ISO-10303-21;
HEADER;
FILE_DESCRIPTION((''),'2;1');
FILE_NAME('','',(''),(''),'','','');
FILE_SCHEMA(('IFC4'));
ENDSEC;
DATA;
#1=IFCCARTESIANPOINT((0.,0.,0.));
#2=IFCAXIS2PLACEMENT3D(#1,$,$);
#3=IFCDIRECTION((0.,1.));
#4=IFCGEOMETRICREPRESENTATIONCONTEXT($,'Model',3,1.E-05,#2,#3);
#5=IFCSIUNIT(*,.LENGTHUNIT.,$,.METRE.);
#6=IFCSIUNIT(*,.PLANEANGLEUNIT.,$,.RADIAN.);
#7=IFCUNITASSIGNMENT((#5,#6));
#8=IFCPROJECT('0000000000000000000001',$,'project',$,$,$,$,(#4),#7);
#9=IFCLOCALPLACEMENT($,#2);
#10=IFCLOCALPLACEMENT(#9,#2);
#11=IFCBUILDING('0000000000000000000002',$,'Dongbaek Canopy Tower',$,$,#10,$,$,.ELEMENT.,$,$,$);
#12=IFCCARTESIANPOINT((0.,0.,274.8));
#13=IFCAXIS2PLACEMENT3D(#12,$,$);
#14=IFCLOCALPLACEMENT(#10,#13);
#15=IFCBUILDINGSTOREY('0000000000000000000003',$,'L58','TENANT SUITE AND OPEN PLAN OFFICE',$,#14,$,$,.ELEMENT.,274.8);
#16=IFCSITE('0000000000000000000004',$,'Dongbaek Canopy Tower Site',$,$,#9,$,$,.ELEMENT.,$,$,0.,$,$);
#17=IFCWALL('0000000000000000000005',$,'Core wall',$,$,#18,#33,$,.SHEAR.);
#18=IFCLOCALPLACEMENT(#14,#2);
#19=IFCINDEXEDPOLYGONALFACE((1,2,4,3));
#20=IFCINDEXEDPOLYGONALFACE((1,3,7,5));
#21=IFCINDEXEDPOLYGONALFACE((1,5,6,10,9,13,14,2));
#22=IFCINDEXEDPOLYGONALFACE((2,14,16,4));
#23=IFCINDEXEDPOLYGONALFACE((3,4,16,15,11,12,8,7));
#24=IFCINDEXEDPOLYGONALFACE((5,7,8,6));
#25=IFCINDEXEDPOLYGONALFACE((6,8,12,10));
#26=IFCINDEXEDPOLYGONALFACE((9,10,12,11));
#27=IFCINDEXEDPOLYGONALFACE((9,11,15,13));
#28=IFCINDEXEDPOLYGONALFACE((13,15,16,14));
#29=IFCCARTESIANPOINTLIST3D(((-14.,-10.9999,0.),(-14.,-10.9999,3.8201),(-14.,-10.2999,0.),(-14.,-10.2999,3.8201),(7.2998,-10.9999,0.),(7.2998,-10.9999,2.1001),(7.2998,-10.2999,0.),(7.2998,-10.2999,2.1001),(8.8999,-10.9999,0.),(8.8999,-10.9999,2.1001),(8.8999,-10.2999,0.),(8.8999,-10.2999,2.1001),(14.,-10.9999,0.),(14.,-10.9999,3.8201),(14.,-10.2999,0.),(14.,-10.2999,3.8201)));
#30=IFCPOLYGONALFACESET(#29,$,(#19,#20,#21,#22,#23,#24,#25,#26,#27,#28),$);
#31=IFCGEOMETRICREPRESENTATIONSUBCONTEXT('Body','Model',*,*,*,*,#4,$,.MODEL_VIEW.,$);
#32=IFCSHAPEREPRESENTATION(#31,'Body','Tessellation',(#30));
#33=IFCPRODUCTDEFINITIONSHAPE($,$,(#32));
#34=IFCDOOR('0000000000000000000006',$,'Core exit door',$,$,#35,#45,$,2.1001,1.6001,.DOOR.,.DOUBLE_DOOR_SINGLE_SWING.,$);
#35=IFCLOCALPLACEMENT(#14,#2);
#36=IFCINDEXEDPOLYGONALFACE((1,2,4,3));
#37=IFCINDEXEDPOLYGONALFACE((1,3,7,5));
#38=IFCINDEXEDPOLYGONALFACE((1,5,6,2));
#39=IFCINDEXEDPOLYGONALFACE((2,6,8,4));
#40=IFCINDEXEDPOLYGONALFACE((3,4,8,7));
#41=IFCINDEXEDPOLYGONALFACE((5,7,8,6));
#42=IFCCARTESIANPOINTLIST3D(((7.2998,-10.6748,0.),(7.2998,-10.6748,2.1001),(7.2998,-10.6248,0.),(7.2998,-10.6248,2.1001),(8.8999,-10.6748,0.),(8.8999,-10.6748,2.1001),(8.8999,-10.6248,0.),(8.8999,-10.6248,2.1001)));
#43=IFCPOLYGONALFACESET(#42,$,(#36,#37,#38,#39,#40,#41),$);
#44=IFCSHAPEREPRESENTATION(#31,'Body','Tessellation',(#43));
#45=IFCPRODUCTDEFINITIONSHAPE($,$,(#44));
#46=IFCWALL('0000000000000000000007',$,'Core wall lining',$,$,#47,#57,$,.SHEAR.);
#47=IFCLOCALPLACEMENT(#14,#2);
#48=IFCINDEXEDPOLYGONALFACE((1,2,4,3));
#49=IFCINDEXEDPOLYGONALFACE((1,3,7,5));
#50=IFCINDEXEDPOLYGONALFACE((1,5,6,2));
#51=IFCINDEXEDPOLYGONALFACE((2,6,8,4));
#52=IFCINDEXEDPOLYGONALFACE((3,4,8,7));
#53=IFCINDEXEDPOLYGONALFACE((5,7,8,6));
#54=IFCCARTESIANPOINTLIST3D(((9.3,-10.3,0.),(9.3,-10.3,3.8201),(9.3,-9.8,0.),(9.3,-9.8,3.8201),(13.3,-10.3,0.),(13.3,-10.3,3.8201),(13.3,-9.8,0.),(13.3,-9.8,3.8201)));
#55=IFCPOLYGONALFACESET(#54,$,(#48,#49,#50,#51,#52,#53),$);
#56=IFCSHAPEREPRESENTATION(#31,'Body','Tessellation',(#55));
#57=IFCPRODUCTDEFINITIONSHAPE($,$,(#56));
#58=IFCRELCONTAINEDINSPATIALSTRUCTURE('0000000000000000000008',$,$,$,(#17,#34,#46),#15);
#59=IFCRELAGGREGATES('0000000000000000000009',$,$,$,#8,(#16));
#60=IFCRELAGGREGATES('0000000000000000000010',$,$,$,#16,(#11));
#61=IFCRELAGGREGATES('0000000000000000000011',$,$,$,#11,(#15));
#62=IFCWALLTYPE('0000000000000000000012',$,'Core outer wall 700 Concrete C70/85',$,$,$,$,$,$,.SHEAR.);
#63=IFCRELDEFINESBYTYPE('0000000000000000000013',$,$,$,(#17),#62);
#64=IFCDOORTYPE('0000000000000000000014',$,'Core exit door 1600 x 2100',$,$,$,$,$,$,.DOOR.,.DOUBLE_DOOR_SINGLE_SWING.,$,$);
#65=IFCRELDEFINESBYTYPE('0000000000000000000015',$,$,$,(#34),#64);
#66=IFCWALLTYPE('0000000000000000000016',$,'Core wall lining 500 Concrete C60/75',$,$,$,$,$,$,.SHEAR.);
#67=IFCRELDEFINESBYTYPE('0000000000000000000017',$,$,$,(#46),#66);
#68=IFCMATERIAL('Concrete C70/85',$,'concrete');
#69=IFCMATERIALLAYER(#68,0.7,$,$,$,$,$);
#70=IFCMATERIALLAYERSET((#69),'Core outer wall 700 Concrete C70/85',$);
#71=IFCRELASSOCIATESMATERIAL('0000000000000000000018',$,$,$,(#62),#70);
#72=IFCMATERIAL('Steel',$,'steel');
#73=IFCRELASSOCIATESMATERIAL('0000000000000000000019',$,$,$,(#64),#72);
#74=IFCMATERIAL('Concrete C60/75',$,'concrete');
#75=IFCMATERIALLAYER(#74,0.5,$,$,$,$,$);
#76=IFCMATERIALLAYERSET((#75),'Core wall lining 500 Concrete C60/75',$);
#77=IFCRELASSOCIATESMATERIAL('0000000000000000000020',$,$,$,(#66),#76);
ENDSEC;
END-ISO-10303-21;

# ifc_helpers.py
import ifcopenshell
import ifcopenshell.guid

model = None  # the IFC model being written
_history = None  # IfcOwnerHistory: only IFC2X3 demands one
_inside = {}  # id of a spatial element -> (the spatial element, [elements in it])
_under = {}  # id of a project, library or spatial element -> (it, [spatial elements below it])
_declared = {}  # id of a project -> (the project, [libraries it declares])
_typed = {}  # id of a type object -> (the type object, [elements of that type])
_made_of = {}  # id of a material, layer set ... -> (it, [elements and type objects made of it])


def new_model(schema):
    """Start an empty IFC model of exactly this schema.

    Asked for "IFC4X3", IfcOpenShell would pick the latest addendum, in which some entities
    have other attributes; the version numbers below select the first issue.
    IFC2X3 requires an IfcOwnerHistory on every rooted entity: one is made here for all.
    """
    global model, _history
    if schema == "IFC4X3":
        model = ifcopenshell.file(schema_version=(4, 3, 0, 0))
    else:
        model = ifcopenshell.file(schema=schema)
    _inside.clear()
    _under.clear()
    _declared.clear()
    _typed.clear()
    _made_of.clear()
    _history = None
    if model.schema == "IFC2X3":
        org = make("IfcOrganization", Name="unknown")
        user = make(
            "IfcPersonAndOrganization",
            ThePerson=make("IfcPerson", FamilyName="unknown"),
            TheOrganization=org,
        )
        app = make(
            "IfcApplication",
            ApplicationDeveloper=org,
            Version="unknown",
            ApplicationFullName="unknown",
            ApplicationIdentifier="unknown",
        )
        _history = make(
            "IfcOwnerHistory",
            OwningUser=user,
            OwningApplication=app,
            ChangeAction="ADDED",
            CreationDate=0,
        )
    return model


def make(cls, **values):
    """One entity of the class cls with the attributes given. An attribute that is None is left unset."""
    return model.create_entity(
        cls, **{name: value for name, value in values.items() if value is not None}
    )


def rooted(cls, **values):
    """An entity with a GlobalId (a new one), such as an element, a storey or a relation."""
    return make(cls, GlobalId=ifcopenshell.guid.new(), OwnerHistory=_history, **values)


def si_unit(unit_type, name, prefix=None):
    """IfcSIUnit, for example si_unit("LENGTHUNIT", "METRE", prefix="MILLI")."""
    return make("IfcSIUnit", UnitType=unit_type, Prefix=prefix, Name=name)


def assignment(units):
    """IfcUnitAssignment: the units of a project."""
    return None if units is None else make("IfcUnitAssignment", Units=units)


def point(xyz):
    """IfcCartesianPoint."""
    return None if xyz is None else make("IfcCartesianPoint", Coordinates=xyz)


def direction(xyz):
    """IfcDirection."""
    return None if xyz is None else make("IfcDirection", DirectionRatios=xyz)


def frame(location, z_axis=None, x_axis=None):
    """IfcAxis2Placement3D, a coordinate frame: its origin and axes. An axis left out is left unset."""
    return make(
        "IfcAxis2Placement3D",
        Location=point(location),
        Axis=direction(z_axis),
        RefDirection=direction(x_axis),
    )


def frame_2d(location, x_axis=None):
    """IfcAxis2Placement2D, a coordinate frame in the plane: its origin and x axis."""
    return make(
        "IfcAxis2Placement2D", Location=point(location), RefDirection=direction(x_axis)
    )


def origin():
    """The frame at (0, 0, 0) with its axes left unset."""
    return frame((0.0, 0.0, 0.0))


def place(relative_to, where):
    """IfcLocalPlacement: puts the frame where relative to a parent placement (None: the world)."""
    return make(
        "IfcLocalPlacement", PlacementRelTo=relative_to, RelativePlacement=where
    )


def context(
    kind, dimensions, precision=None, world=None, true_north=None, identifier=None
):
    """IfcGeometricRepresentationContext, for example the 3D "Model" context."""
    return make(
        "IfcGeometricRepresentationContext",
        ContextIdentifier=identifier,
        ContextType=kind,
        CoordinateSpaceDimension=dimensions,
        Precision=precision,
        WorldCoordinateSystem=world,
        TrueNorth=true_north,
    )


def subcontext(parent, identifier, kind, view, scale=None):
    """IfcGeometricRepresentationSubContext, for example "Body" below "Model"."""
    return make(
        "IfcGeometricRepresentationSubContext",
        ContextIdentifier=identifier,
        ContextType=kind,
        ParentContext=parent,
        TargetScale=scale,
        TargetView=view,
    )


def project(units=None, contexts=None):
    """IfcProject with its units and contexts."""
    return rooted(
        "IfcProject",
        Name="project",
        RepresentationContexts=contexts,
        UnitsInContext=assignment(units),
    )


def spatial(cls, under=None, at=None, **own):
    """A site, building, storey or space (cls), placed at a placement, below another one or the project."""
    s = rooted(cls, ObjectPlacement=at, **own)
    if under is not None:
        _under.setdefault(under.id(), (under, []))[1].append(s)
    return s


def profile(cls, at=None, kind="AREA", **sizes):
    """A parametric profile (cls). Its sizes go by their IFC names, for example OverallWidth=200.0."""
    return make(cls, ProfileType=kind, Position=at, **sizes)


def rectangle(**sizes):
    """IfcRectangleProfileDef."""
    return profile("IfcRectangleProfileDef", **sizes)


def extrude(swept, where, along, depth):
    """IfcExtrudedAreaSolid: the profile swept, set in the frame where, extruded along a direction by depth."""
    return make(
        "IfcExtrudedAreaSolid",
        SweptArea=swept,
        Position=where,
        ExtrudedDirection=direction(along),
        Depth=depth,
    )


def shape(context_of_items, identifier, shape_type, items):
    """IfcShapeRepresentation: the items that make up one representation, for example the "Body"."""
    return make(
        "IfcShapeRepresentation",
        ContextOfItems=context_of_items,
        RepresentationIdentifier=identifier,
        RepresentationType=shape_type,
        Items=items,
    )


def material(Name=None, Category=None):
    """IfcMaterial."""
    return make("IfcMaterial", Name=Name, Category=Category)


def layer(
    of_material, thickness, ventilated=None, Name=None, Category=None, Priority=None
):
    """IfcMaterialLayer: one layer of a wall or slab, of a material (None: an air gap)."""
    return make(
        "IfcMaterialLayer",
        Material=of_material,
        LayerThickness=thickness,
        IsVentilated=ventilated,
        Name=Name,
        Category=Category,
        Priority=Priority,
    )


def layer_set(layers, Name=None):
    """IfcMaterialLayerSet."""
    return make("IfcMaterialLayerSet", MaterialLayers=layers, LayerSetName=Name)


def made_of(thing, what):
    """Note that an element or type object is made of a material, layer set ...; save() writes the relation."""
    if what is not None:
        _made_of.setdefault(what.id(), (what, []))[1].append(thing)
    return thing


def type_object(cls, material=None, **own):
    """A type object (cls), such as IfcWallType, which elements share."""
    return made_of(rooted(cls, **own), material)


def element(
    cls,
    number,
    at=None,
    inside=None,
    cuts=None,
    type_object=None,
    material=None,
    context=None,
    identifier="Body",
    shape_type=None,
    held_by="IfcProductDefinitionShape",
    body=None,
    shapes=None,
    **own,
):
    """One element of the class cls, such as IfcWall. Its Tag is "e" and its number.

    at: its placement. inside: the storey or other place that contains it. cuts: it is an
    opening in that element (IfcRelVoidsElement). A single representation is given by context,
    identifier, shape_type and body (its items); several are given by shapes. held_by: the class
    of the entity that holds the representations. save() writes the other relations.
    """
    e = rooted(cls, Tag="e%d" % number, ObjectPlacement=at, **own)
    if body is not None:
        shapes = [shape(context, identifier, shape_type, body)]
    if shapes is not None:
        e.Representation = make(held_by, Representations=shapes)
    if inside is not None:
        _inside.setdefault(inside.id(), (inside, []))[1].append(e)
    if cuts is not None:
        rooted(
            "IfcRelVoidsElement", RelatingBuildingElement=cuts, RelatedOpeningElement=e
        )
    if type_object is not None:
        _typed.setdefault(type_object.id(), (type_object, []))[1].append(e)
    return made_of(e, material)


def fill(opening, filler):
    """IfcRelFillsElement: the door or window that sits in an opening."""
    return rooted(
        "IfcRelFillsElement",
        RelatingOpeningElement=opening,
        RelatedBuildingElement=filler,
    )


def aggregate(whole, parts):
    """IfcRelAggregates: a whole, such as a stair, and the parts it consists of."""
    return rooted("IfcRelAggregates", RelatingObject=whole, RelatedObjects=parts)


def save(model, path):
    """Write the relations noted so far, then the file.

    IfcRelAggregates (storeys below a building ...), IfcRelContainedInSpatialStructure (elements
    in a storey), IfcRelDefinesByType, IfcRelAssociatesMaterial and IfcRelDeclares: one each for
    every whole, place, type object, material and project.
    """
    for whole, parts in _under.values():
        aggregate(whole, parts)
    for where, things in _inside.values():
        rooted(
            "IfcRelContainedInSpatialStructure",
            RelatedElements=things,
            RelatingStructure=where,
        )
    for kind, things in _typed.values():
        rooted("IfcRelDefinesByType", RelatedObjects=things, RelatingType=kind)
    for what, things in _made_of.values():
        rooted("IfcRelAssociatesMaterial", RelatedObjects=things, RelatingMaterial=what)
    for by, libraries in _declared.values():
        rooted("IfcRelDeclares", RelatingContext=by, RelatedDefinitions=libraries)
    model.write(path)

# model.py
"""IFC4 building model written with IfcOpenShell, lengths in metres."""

from ifc_helpers import new_model, si_unit, direction, frame, frame_2d, origin, place, context, subcontext, project, spatial, rectangle, extrude, material, layer, layer_set, type_object, element, fill, save


model = new_model("IFC4")

# Units and contexts
model_context = context("Model", 3, precision=1e-05, world=origin(), true_north=direction((0.0, 1.0)))
body_context = subcontext(model_context, "Body", "Model", "MODEL_VIEW")
ifc_project = project(units=[si_unit("LENGTHUNIT", "METRE"), si_unit("PLANEANGLEUNIT", "RADIAN")], contexts=[model_context])

# Site, building, storey
site_placement = place(None, origin())
site = spatial("IfcSite", under=ifc_project, at=site_placement, Name="Dongbaek Canopy Tower Site", CompositionType="ELEMENT", RefElevation=0.0)
building_placement = place(site_placement, origin())
building = spatial("IfcBuilding", under=site, at=building_placement, Name="Dongbaek Canopy Tower", CompositionType="ELEMENT")
storey_placement = place(building_placement, frame((0.0, 0.0, 274.8)))
storey = spatial("IfcBuildingStorey", under=building, at=storey_placement, Name="L58", Description="TENANT SUITE AND OPEN PLAN OFFICE", CompositionType="ELEMENT", Elevation=274.8)

# Wall, opening, door
ifc_material_1 = material(Name="Concrete C70/85", Category="concrete")
ifc_layer_1 = layer(ifc_material_1, 0.7)
ifc_layer_set_1 = layer_set([ifc_layer_1], Name="Core outer wall 700 Concrete C70/85")
wall_type_1 = type_object("IfcWallType", Name="Core outer wall 700 Concrete C70/85", PredefinedType="SHEAR", material=ifc_layer_set_1)
wall_1_placement = place(storey_placement, frame((14.0, -10.6499, 0.0), z_axis=(0.0, 0.0, 1.0), x_axis=(-1.0, 0.0, 0.0)))
wall_1 = element("IfcWall", 1, at=wall_1_placement, inside=storey, type_object=wall_type_1, Name="Core wall", PredefinedType="SHEAR", context=body_context, shape_type="SweptSolid", body=[
    extrude(rectangle(XDim=28.0, YDim=0.7, at=frame_2d((14.0, 0.0))), origin(), (0.0, 0.0, 1.0), 3.8201),
])
opening_1_placement = place(wall_1_placement, frame((5.1001, 0.0, 0.0)))
opening_1 = element("IfcOpeningElement", 2, at=opening_1_placement, cuts=wall_1, PredefinedType="OPENING", context=body_context, shape_type="SweptSolid", body=[
    extrude(rectangle(XDim=1.6001, YDim=2.1001, at=frame_2d((0.8, 1.05))), frame((0.0, 0.3599, 0.0), z_axis=(0.0, -1.0, 0.0), x_axis=(1.0, 0.0, 0.0)), (0.0, 0.0, 1.0), 0.72),
])
ifc_material_2 = material(Name="Steel", Category="steel")
door_type_1 = type_object("IfcDoorType", Name="Core exit door 1600 x 2100", OperationType="DOUBLE_DOOR_SINGLE_SWING", PredefinedType="DOOR", material=ifc_material_2)
door_1_placement = place(opening_1_placement, origin())
door_1 = element("IfcDoor", 3, at=door_1_placement, inside=storey, type_object=door_type_1, Name="Core exit door", OperationType="DOUBLE_DOOR_SINGLE_SWING", OverallHeight=2.1001, OverallWidth=1.6001, PredefinedType="DOOR", context=body_context, shape_type="SweptSolid", body=[
    extrude(rectangle(XDim=1.6001, YDim=2.1001, at=frame_2d((0.8, 1.05))), frame((0.0, 0.0249, 0.0), z_axis=(0.0, -1.0, 0.0), x_axis=(1.0, 0.0, 0.0)), (0.0, 0.0, 1.0), 0.05),
])
fill(opening_1, door_1)

# Wall
ifc_material_3 = material(Name="Concrete C60/75", Category="concrete")
ifc_layer_2 = layer(ifc_material_3, 0.5)
ifc_layer_set_2 = layer_set([ifc_layer_2], Name="Core wall lining 500 Concrete C60/75")
wall_type_2 = type_object("IfcWallType", Name="Core wall lining 500 Concrete C60/75", PredefinedType="SHEAR", material=ifc_layer_set_2)
wall_2_placement = place(storey_placement, frame((13.3, -10.05, 0.0), z_axis=(0.0, 0.0, 1.0), x_axis=(-1.0, 0.0, 0.0)))
element("IfcWall", 4, at=wall_2_placement, inside=storey, type_object=wall_type_2, Name="Core wall lining", PredefinedType="SHEAR", context=body_context, shape_type="SweptSolid", body=[
    extrude(rectangle(XDim=4.0, YDim=0.5, at=frame_2d((2.0, 0.0))), origin(), (0.0, 0.0, 1.0), 3.8201),
])

save(model, "model.ifc")
